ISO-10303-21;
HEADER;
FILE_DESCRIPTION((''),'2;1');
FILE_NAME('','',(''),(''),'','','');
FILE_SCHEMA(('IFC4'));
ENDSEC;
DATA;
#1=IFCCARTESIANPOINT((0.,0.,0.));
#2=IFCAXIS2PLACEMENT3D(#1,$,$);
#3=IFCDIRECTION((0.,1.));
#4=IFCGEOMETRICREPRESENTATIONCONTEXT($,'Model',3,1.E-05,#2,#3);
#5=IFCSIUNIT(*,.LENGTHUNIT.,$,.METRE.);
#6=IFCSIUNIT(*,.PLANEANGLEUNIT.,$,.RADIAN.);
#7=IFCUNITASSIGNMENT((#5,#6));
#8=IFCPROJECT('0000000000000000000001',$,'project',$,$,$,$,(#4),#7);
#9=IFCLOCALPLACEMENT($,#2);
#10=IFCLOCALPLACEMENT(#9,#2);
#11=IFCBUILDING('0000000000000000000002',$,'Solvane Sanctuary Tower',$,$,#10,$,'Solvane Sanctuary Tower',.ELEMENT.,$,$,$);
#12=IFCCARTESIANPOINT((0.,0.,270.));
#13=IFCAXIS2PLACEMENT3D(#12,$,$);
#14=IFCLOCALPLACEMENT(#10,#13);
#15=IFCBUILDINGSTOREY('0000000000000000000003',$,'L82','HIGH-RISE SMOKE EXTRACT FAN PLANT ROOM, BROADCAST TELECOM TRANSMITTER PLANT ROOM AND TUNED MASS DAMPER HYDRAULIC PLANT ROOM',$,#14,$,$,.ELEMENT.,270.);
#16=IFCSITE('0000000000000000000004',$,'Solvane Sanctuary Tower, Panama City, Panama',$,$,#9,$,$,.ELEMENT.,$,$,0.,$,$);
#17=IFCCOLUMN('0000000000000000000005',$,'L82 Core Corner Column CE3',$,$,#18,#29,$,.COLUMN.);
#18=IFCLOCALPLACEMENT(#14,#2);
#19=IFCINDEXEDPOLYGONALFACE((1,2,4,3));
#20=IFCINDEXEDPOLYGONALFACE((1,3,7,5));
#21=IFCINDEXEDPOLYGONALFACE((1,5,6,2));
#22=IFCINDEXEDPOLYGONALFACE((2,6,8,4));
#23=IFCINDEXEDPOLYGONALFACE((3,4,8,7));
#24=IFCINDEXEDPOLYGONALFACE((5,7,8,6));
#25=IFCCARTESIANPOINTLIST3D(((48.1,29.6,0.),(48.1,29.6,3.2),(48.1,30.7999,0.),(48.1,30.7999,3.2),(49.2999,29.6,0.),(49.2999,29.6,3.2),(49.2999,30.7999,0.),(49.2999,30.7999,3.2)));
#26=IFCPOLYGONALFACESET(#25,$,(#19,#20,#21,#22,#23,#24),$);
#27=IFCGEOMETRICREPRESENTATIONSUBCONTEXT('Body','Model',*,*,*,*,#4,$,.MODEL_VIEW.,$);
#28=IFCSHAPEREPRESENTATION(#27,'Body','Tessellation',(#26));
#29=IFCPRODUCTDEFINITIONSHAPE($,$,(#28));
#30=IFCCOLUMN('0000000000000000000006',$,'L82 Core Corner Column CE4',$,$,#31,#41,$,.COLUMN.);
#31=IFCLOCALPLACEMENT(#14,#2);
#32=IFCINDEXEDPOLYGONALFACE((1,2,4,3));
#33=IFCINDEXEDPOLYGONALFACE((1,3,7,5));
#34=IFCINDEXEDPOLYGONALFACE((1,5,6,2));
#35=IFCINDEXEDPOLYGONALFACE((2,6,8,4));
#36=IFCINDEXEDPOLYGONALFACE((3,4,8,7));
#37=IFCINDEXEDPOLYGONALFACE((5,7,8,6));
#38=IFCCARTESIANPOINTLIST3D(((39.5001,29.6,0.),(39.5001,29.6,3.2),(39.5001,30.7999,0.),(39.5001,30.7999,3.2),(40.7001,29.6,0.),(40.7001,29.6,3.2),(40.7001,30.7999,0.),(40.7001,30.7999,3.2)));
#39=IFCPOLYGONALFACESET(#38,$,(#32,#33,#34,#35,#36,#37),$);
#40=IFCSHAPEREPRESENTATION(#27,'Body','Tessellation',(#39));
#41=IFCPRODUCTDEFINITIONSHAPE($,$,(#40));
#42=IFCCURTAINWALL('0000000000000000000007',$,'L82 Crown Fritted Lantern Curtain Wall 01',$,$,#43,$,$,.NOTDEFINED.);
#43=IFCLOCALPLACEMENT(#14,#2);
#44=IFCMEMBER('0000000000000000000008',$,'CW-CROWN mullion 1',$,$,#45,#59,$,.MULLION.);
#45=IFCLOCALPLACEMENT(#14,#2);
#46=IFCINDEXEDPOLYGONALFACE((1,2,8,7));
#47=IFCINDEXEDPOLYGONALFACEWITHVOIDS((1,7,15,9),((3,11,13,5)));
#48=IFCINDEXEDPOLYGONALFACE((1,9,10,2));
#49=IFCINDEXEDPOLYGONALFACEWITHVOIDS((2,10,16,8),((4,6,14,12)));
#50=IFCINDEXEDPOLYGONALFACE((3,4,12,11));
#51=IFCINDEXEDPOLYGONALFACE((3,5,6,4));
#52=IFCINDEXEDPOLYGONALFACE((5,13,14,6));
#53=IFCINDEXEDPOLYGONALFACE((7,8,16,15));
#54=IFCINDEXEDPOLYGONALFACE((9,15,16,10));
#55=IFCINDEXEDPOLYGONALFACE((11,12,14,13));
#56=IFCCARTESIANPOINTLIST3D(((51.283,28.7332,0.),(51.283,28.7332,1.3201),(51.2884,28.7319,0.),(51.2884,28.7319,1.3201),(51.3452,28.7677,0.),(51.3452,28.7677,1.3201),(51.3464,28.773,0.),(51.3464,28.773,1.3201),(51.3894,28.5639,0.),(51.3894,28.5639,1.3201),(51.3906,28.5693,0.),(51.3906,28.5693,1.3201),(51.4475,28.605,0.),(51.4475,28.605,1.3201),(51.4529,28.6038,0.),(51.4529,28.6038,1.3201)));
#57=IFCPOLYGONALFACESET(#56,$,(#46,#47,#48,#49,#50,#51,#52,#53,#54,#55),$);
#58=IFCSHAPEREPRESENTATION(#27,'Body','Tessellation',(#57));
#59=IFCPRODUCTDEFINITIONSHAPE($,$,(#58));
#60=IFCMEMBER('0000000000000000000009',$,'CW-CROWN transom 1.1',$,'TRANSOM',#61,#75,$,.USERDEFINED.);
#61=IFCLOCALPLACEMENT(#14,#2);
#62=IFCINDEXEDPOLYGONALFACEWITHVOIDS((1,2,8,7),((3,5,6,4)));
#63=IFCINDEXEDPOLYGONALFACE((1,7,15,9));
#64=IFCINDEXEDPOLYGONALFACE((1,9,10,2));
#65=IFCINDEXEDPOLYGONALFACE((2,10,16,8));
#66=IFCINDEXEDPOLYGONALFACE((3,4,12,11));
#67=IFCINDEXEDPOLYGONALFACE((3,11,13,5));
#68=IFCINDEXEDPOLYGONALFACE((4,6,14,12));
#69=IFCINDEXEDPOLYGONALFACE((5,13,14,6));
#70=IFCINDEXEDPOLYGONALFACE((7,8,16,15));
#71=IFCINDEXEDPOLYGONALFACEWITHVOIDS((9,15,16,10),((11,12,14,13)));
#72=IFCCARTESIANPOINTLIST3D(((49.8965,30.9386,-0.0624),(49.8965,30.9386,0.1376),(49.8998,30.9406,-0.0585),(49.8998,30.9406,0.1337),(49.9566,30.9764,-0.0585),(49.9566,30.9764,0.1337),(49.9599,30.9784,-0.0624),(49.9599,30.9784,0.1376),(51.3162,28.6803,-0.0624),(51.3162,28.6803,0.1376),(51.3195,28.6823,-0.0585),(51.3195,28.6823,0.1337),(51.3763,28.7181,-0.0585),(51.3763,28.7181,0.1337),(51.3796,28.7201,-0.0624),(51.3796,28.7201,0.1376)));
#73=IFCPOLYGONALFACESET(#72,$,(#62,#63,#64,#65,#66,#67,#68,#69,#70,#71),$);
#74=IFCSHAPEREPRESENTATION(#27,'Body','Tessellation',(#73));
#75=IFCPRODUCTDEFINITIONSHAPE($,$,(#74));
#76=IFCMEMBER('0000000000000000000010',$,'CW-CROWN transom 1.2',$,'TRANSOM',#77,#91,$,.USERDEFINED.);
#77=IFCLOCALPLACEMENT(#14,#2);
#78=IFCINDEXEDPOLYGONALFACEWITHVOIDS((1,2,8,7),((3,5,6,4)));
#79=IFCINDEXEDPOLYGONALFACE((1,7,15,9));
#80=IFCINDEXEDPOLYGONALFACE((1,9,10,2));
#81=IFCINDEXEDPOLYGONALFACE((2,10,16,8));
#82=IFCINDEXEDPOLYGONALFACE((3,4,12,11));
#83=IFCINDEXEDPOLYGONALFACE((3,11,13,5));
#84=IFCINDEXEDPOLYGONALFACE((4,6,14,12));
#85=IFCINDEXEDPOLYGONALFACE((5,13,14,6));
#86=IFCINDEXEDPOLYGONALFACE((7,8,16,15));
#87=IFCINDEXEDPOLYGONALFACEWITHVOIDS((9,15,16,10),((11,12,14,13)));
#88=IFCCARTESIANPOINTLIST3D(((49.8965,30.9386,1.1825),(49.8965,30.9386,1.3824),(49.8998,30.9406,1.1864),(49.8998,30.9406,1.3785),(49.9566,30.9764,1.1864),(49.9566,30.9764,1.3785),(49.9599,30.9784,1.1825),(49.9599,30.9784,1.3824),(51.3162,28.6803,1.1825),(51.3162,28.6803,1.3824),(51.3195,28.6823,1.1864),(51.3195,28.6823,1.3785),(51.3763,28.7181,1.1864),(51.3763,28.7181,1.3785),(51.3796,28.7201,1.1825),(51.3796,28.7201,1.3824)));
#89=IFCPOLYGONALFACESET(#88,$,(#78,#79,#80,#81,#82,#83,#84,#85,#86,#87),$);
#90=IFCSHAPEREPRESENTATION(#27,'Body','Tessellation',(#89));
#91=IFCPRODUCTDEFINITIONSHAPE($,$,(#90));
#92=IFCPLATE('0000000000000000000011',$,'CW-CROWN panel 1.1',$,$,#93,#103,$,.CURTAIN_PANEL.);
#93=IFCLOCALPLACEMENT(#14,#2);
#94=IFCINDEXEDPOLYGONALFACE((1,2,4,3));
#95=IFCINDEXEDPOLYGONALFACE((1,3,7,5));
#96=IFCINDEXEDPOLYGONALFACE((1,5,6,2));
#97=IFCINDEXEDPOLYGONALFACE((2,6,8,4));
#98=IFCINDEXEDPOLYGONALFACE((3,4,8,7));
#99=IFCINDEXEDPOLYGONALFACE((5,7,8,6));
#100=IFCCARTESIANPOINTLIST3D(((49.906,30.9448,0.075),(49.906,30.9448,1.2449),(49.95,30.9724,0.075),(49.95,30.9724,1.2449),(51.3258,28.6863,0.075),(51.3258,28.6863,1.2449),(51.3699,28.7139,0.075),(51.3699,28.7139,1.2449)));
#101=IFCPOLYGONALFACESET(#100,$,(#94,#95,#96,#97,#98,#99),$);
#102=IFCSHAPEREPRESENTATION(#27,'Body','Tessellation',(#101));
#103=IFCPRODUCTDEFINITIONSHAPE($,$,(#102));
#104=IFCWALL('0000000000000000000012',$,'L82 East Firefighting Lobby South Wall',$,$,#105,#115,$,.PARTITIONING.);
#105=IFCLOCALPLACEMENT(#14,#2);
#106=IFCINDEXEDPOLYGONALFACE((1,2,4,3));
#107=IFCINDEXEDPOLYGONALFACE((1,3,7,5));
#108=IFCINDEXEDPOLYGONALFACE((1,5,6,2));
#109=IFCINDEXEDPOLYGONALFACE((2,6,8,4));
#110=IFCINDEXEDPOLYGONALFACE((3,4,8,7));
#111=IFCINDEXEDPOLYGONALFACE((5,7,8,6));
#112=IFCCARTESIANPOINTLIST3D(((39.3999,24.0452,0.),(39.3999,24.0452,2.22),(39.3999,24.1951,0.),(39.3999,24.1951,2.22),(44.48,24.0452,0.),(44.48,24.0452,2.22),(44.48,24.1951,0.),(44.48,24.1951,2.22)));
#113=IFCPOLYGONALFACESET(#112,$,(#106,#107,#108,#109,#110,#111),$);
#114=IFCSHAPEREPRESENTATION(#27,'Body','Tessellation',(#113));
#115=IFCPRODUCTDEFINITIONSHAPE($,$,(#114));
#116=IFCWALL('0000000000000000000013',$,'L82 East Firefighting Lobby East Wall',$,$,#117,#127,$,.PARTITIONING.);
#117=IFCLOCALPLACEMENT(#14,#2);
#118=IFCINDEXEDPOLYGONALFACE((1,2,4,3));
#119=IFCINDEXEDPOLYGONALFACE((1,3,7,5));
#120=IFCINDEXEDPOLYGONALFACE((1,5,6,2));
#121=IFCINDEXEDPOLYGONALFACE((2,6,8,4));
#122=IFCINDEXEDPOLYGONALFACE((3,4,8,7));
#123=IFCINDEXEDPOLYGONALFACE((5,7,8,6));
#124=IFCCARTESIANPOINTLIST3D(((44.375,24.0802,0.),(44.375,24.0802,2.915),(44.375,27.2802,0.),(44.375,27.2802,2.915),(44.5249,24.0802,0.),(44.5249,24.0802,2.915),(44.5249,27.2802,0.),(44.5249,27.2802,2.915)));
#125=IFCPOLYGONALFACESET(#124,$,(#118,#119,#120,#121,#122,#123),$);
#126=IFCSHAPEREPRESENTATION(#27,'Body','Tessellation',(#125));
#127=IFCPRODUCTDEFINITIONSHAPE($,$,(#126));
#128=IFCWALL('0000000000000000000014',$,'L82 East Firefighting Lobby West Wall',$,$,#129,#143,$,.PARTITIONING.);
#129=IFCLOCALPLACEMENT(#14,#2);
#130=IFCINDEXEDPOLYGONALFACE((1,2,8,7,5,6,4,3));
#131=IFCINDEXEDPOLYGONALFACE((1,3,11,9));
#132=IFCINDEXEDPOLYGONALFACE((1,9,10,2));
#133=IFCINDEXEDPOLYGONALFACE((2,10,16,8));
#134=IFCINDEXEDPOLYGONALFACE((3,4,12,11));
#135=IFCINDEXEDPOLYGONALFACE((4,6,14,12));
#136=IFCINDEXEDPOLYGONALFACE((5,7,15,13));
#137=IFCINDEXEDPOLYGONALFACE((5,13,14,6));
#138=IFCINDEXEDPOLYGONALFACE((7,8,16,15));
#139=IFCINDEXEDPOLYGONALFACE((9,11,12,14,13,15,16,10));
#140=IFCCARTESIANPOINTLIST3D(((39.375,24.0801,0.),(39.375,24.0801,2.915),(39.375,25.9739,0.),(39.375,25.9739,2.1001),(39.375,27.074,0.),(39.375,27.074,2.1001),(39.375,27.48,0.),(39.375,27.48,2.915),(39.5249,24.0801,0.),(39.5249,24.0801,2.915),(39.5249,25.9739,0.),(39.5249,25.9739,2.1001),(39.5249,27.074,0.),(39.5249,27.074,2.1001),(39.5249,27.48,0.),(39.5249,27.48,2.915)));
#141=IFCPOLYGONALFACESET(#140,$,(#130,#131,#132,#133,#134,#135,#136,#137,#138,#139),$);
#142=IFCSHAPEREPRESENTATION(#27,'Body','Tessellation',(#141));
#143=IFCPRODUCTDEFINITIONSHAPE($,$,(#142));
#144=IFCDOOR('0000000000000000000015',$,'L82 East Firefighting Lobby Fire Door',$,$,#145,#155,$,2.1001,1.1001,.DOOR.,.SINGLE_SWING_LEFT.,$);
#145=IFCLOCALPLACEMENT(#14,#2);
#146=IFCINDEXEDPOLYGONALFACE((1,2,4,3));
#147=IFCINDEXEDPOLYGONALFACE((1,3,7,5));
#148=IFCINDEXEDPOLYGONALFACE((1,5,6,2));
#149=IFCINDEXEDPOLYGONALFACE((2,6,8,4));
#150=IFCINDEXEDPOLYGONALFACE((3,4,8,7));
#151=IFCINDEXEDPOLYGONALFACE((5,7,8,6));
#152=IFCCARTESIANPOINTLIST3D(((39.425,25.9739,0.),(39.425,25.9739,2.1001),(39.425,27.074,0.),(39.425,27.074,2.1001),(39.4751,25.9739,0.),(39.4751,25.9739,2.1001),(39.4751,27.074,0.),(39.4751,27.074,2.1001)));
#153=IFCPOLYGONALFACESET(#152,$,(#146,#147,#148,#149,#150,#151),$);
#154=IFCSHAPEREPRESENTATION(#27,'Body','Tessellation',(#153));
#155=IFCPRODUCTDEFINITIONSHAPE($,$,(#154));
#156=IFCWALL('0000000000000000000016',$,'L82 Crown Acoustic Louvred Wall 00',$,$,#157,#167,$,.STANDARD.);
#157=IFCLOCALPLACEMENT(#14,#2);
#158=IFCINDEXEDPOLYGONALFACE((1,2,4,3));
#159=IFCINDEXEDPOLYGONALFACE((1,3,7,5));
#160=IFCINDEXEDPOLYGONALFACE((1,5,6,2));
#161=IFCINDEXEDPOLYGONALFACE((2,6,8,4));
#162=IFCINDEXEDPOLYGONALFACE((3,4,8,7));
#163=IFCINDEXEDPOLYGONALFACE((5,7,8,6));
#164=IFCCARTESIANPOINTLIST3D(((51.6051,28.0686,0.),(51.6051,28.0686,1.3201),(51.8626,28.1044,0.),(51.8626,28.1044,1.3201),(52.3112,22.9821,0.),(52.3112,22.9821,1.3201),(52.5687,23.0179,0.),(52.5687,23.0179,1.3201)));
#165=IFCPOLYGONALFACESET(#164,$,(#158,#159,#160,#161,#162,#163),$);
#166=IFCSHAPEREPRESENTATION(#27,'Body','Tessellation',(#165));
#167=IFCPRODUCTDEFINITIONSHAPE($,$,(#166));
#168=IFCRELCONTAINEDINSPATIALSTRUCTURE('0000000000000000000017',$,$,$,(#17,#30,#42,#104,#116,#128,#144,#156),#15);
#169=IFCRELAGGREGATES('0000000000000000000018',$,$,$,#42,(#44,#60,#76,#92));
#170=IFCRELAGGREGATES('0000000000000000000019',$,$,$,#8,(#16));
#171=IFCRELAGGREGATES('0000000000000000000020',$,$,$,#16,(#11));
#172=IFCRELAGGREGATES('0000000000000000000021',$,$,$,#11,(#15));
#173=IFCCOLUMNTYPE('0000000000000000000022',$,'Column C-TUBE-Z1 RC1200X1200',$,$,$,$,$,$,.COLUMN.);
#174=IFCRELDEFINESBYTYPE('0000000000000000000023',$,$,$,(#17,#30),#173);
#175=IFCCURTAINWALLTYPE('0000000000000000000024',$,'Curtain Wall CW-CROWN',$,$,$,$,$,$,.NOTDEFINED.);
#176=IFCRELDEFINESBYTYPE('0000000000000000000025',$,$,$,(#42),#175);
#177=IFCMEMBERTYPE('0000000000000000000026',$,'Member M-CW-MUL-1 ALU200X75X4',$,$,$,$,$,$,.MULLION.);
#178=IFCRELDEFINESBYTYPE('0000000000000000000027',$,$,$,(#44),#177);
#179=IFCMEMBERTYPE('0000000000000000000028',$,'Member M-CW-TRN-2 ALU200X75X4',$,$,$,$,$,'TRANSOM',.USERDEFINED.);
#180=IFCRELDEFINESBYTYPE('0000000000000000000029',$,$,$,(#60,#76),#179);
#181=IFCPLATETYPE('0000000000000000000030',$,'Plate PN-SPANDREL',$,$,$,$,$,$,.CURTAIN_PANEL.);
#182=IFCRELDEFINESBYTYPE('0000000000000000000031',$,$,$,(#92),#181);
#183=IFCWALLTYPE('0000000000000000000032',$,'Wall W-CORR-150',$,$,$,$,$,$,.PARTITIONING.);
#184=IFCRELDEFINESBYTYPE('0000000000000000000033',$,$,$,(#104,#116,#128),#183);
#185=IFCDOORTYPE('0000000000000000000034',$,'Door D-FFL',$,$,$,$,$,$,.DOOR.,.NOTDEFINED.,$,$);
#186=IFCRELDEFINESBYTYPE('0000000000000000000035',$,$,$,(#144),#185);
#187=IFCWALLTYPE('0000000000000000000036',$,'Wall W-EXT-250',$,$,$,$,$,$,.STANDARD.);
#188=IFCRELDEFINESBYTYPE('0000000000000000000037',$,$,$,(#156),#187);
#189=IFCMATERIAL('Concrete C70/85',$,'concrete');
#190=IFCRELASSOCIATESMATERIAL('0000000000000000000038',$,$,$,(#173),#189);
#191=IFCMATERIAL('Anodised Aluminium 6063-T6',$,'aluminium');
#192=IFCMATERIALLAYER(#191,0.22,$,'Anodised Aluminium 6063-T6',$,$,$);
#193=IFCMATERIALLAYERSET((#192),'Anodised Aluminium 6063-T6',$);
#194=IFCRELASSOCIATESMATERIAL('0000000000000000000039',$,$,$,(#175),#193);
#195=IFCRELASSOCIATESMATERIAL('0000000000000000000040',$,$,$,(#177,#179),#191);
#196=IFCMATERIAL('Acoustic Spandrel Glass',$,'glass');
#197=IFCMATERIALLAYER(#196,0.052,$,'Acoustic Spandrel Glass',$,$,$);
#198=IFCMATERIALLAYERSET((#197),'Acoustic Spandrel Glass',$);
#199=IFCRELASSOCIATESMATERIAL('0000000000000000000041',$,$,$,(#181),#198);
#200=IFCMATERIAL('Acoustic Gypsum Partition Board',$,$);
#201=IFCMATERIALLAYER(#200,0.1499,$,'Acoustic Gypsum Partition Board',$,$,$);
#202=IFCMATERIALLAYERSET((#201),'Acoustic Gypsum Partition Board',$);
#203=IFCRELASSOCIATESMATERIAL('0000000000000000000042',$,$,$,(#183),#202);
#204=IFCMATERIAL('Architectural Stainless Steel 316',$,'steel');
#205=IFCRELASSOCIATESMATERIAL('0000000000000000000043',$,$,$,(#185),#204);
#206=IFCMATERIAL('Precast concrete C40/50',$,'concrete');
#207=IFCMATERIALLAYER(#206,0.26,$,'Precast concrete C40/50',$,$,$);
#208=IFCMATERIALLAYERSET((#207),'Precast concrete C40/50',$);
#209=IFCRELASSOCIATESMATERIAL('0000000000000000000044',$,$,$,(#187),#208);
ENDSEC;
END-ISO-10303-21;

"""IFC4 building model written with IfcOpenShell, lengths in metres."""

from ifc_helpers import new_model, si_unit, direction, frame, frame_2d, origin, origin_2d, place, context, subcontext, project, spatial, rectangle, hollow_rectangle, extrude, material, layer, layer_set, material_profile, profile_set, type_object, element, fill, aggregate, save


model = new_model("IFC4")

# Units and contexts
model_context = context("Model", 3, precision=1e-05, world=origin(), true_north=direction((0.0, 1.0)))
body_context = subcontext(model_context, "Body", "Model", "MODEL_VIEW")
ifc_project = project(units=[si_unit("LENGTHUNIT", "METRE"), si_unit("PLANEANGLEUNIT", "RADIAN")], contexts=[model_context])

# Site, building, storey
site_placement = place(None, origin())
site = spatial("IfcSite", under=ifc_project, at=site_placement, Name="Solvane Sanctuary Tower, Panama City, Panama", CompositionType="ELEMENT", RefElevation=0.0)
building_placement = place(site_placement, origin())
building = spatial("IfcBuilding", under=site, at=building_placement, Name="Solvane Sanctuary Tower", LongName="Solvane Sanctuary Tower", CompositionType="ELEMENT")
storey_placement = place(building_placement, frame((0.0, 0.0, 270.0)))
storey = spatial("IfcBuildingStorey", under=building, at=storey_placement, Name="L82", Description="HIGH-RISE SMOKE EXTRACT FAN PLANT ROOM, BROADCAST TELECOM TRANSMITTER PLANT ROOM AND TUNED MASS DAMPER HYDRAULIC PLANT ROOM", CompositionType="ELEMENT", Elevation=270.0)

# Columns
ifc_material_1 = material(Name="Concrete C70/85", Category="concrete")
ifc_material_profile_1 = material_profile(ifc_material_1, rectangle(XDim=1.2, YDim=1.2, at=origin_2d()), Name="RC1200X1200")
ifc_profile_set_1 = profile_set([ifc_material_profile_1], Name="Concrete C70/85")
column_type = type_object("IfcColumnType", Name="Column C-TUBE-Z1 RC1200X1200", PredefinedType="COLUMN", material=ifc_profile_set_1)
for number, where, z_axis, x_axis, name in (
    (1, (48.7, 30.2, 0.0), (0.0, 0.0, 1.0), (1.0, 0.0, 0.0), "L82 Core Corner Column CE3"),
    (2, (40.1001, 30.2, 0.0), (0.0, 0.0, 1.0), (1.0, 0.0, 0.0), "L82 Core Corner Column CE4"),
):
    element("IfcColumn", number, at=place(storey_placement, frame(where, z_axis=z_axis, x_axis=x_axis)), inside=storey, type_object=column_type, Name=name, PredefinedType="COLUMN", context=body_context, shape_type="SweptSolid", body=[
        extrude(rectangle(XDim=1.2, YDim=1.2, at=origin_2d()), origin(), (0.0, 0.0, 1.0), 3.2),
    ])

# Curtain wall, members, plate
ifc_material_2 = material(Name="Anodised Aluminium 6063-T6", Category="aluminium")
ifc_layer_1 = layer(ifc_material_2, 0.22, Name="Anodised Aluminium 6063-T6")
ifc_layer_set_1 = layer_set([ifc_layer_1], Name="Anodised Aluminium 6063-T6")
curtain_wall_type = type_object("IfcCurtainWallType", Name="Curtain Wall CW-CROWN", PredefinedType="NOTDEFINED", material=ifc_layer_set_1)
curtain_wall_placement = place(storey_placement, origin())
curtain_wall = element("IfcCurtainWall", 3, at=curtain_wall_placement, inside=storey, type_object=curtain_wall_type, Name="L82 Crown Fritted Lantern Curtain Wall 01", PredefinedType="NOTDEFINED")
ifc_material_profile_2 = material_profile(ifc_material_2, hollow_rectangle(XDim=0.075, YDim=0.2, WallThickness=0.0039, at=origin_2d()), Name="ALU200X75X4")
ifc_profile_set_2 = profile_set([ifc_material_profile_2], Name="Anodised Aluminium 6063-T6")
member_type_1 = type_object("IfcMemberType", Name="Member M-CW-MUL-1 ALU200X75X4", PredefinedType="MULLION", material=ifc_profile_set_2)
member_1_placement = place(storey_placement, frame((51.3679, 28.6685, 0.0), z_axis=(0.0, 0.0, 1.0), x_axis=(-0.846604, -0.532224, 0.0)))
member_1 = element("IfcMember", 4, at=member_1_placement, type_object=member_type_1, Name="CW-CROWN mullion 1", PredefinedType="MULLION", context=body_context, shape_type="SweptSolid", body=[
    extrude(hollow_rectangle(XDim=0.075, YDim=0.2, WallThickness=0.0039, at=origin_2d()), origin(), (0.0, 0.0, 1.0), 1.3201),
])
ifc_material_profile_3 = material_profile(ifc_material_2, hollow_rectangle(XDim=0.075, YDim=0.2, WallThickness=0.0039, at=origin_2d()), Name="ALU200X75X4")
ifc_profile_set_3 = profile_set([ifc_material_profile_3], Name="Anodised Aluminium 6063-T6")
member_type_2 = type_object("IfcMemberType", Name="Member M-CW-TRN-2 ALU200X75X4", ElementType="TRANSOM", PredefinedType="USERDEFINED", material=ifc_profile_set_3)
member_2_placement = place(storey_placement, frame((51.3479, 28.7002, 0.0376), z_axis=(-0.532218, 0.846607, 0.0), x_axis=(-0.846607, -0.532218, 0.0)))
member_2 = element("IfcMember", 5, at=member_2_placement, type_object=member_type_2, Name="CW-CROWN transom 1.1", ObjectType="TRANSOM", PredefinedType="USERDEFINED", context=body_context, shape_type="SweptSolid", body=[
    extrude(hollow_rectangle(XDim=0.075, YDim=0.2, WallThickness=0.0039, at=origin_2d()), origin(), (0.0, 0.0, 1.0), 2.6675),
])
member_3_placement = place(storey_placement, frame((51.3479, 28.7002, 1.2825), z_axis=(-0.532218, 0.846607, 0.0), x_axis=(-0.846607, -0.532218, 0.0)))
member_3 = element("IfcMember", 6, at=member_3_placement, type_object=member_type_2, Name="CW-CROWN transom 1.2", ObjectType="TRANSOM", PredefinedType="USERDEFINED", context=body_context, shape_type="SweptSolid", body=[
    extrude(hollow_rectangle(XDim=0.075, YDim=0.2, WallThickness=0.0039, at=origin_2d()), origin(), (0.0, 0.0, 1.0), 2.6675),
])
ifc_material_3 = material(Name="Acoustic Spandrel Glass", Category="glass")
ifc_layer_2 = layer(ifc_material_3, 0.052, Name="Acoustic Spandrel Glass")
ifc_layer_set_2 = layer_set([ifc_layer_2], Name="Acoustic Spandrel Glass")
plate_type = type_object("IfcPlateType", Name="Plate PN-SPANDREL", PredefinedType="CURTAIN_PANEL", material=ifc_layer_set_2)
plate_placement = place(storey_placement, frame((50.6379, 29.8293, 0.075), z_axis=(0.0, 0.0, 1.0), x_axis=(-0.532224, 0.846604, 0.0)))
plate = element("IfcPlate", 7, at=plate_placement, type_object=plate_type, Name="CW-CROWN panel 1.1", PredefinedType="CURTAIN_PANEL", context=body_context, shape_type="SweptSolid", body=[
    extrude(rectangle(XDim=2.6677, YDim=0.052, at=origin_2d()), origin(), (0.0, 0.0, 1.0), 1.1699),
])
aggregate(curtain_wall, [member_1, member_2, member_3, plate])

# Walls
ifc_material_4 = material(Name="Acoustic Gypsum Partition Board")
ifc_layer_3 = layer(ifc_material_4, 0.1499, Name="Acoustic Gypsum Partition Board")
ifc_layer_set_3 = layer_set([ifc_layer_3], Name="Acoustic Gypsum Partition Board")
wall_type_1 = type_object("IfcWallType", Name="Wall W-CORR-150", PredefinedType="PARTITIONING", material=ifc_layer_set_3)
wall_1_placement = place(storey_placement, frame((39.3999, 24.1201, 0.0), z_axis=(0.0, 0.0, 1.0), x_axis=(1.0, 0.0, 0.0)))
element("IfcWall", 8, at=wall_1_placement, inside=storey, type_object=wall_type_1, Name="L82 East Firefighting Lobby South Wall", PredefinedType="PARTITIONING", context=body_context, shape_type="SweptSolid", body=[
    extrude(rectangle(XDim=5.0801, YDim=0.1499, at=frame_2d((2.54, 0.0))), origin(), (0.0, 0.0, 1.0), 2.22),
])
wall_2_placement = place(storey_placement, frame((44.45, 24.0801, 0.0), z_axis=(0.0, 0.0, 1.0), x_axis=(0.0, 1.0, 0.0)))
element("IfcWall", 9, at=wall_2_placement, inside=storey, type_object=wall_type_1, Name="L82 East Firefighting Lobby East Wall", PredefinedType="PARTITIONING", context=body_context, shape_type="SweptSolid", body=[
    extrude(rectangle(XDim=3.2, YDim=0.1499, at=frame_2d((1.6001, 0.0))), origin(), (0.0, 0.0, 1.0), 2.915),
])

# Wall, opening, door
wall_3_placement = place(storey_placement, frame((39.45, 24.0801, 0.0), z_axis=(0.0, 0.0, 1.0), x_axis=(0.0, 1.0, 0.0)))
wall_3 = element("IfcWall", 10, at=wall_3_placement, inside=storey, type_object=wall_type_1, Name="L82 East Firefighting Lobby West Wall", PredefinedType="PARTITIONING", context=body_context, shape_type="SweptSolid", body=[
    extrude(rectangle(XDim=3.3999, YDim=0.1499, at=frame_2d((1.7, 0.0))), origin(), (0.0, 0.0, 1.0), 2.915),
])
opening_1_placement = place(wall_3_placement, frame((1.8938, 0.0, 0.0)))
opening_1 = element("IfcOpeningElement", 11, at=opening_1_placement, cuts=wall_3, PredefinedType="OPENING", context=body_context, shape_type="SweptSolid", body=[
    extrude(rectangle(XDim=1.1001, YDim=2.1001, at=frame_2d((0.55, 1.05))), frame((0.0, 0.085, 0.0), z_axis=(0.0, -1.0, 0.0), x_axis=(1.0, 0.0, 0.0)), (0.0, 0.0, 1.0), 0.1699),
])
ifc_material_5 = material(Name="Architectural Stainless Steel 316", Category="steel")
door_type_1 = type_object("IfcDoorType", Name="Door D-FFL", OperationType="NOTDEFINED", PredefinedType="DOOR", material=ifc_material_5)
door_1_placement = place(opening_1_placement, origin())
door_1 = element("IfcDoor", 12, at=door_1_placement, inside=storey, type_object=door_type_1, Name="L82 East Firefighting Lobby Fire Door", OperationType="SINGLE_SWING_LEFT", OverallHeight=2.1001, OverallWidth=1.1001, PredefinedType="DOOR", context=body_context, shape_type="SweptSolid", body=[
    extrude(rectangle(XDim=1.1001, YDim=2.1001, at=frame_2d((0.55, 1.05))), frame((0.0, 0.0249, 0.0), z_axis=(0.0, -1.0, 0.0), x_axis=(1.0, 0.0, 0.0)), (0.0, 0.0, 1.0), 0.05),
])
fill(opening_1, door_1)

# Wall
ifc_material_6 = material(Name="Precast concrete C40/50", Category="concrete")
ifc_layer_4 = layer(ifc_material_6, 0.26, Name="Precast concrete C40/50")
ifc_layer_set_4 = layer_set([ifc_layer_4], Name="Precast concrete C40/50")
wall_type_2 = type_object("IfcWallType", Name="Wall W-EXT-250", PredefinedType="STANDARD", material=ifc_layer_set_4)
wall_4_placement = place(storey_placement, frame((52.4399, 23.0, 0.0), z_axis=(0.0, 0.0, 1.0), x_axis=(-0.137493, 0.990503, 0.0)))
element("IfcWall", 13, at=wall_4_placement, inside=storey, type_object=wall_type_2, Name="L82 Crown Acoustic Louvred Wall 00", PredefinedType="STANDARD", context=body_context, shape_type="SweptSolid", body=[
    extrude(rectangle(XDim=5.1353, YDim=0.26, at=frame_2d((2.5676, 0.0))), origin(), (0.0, 0.0, 1.0), 1.3201),
])

save(model, "model.ifc")
